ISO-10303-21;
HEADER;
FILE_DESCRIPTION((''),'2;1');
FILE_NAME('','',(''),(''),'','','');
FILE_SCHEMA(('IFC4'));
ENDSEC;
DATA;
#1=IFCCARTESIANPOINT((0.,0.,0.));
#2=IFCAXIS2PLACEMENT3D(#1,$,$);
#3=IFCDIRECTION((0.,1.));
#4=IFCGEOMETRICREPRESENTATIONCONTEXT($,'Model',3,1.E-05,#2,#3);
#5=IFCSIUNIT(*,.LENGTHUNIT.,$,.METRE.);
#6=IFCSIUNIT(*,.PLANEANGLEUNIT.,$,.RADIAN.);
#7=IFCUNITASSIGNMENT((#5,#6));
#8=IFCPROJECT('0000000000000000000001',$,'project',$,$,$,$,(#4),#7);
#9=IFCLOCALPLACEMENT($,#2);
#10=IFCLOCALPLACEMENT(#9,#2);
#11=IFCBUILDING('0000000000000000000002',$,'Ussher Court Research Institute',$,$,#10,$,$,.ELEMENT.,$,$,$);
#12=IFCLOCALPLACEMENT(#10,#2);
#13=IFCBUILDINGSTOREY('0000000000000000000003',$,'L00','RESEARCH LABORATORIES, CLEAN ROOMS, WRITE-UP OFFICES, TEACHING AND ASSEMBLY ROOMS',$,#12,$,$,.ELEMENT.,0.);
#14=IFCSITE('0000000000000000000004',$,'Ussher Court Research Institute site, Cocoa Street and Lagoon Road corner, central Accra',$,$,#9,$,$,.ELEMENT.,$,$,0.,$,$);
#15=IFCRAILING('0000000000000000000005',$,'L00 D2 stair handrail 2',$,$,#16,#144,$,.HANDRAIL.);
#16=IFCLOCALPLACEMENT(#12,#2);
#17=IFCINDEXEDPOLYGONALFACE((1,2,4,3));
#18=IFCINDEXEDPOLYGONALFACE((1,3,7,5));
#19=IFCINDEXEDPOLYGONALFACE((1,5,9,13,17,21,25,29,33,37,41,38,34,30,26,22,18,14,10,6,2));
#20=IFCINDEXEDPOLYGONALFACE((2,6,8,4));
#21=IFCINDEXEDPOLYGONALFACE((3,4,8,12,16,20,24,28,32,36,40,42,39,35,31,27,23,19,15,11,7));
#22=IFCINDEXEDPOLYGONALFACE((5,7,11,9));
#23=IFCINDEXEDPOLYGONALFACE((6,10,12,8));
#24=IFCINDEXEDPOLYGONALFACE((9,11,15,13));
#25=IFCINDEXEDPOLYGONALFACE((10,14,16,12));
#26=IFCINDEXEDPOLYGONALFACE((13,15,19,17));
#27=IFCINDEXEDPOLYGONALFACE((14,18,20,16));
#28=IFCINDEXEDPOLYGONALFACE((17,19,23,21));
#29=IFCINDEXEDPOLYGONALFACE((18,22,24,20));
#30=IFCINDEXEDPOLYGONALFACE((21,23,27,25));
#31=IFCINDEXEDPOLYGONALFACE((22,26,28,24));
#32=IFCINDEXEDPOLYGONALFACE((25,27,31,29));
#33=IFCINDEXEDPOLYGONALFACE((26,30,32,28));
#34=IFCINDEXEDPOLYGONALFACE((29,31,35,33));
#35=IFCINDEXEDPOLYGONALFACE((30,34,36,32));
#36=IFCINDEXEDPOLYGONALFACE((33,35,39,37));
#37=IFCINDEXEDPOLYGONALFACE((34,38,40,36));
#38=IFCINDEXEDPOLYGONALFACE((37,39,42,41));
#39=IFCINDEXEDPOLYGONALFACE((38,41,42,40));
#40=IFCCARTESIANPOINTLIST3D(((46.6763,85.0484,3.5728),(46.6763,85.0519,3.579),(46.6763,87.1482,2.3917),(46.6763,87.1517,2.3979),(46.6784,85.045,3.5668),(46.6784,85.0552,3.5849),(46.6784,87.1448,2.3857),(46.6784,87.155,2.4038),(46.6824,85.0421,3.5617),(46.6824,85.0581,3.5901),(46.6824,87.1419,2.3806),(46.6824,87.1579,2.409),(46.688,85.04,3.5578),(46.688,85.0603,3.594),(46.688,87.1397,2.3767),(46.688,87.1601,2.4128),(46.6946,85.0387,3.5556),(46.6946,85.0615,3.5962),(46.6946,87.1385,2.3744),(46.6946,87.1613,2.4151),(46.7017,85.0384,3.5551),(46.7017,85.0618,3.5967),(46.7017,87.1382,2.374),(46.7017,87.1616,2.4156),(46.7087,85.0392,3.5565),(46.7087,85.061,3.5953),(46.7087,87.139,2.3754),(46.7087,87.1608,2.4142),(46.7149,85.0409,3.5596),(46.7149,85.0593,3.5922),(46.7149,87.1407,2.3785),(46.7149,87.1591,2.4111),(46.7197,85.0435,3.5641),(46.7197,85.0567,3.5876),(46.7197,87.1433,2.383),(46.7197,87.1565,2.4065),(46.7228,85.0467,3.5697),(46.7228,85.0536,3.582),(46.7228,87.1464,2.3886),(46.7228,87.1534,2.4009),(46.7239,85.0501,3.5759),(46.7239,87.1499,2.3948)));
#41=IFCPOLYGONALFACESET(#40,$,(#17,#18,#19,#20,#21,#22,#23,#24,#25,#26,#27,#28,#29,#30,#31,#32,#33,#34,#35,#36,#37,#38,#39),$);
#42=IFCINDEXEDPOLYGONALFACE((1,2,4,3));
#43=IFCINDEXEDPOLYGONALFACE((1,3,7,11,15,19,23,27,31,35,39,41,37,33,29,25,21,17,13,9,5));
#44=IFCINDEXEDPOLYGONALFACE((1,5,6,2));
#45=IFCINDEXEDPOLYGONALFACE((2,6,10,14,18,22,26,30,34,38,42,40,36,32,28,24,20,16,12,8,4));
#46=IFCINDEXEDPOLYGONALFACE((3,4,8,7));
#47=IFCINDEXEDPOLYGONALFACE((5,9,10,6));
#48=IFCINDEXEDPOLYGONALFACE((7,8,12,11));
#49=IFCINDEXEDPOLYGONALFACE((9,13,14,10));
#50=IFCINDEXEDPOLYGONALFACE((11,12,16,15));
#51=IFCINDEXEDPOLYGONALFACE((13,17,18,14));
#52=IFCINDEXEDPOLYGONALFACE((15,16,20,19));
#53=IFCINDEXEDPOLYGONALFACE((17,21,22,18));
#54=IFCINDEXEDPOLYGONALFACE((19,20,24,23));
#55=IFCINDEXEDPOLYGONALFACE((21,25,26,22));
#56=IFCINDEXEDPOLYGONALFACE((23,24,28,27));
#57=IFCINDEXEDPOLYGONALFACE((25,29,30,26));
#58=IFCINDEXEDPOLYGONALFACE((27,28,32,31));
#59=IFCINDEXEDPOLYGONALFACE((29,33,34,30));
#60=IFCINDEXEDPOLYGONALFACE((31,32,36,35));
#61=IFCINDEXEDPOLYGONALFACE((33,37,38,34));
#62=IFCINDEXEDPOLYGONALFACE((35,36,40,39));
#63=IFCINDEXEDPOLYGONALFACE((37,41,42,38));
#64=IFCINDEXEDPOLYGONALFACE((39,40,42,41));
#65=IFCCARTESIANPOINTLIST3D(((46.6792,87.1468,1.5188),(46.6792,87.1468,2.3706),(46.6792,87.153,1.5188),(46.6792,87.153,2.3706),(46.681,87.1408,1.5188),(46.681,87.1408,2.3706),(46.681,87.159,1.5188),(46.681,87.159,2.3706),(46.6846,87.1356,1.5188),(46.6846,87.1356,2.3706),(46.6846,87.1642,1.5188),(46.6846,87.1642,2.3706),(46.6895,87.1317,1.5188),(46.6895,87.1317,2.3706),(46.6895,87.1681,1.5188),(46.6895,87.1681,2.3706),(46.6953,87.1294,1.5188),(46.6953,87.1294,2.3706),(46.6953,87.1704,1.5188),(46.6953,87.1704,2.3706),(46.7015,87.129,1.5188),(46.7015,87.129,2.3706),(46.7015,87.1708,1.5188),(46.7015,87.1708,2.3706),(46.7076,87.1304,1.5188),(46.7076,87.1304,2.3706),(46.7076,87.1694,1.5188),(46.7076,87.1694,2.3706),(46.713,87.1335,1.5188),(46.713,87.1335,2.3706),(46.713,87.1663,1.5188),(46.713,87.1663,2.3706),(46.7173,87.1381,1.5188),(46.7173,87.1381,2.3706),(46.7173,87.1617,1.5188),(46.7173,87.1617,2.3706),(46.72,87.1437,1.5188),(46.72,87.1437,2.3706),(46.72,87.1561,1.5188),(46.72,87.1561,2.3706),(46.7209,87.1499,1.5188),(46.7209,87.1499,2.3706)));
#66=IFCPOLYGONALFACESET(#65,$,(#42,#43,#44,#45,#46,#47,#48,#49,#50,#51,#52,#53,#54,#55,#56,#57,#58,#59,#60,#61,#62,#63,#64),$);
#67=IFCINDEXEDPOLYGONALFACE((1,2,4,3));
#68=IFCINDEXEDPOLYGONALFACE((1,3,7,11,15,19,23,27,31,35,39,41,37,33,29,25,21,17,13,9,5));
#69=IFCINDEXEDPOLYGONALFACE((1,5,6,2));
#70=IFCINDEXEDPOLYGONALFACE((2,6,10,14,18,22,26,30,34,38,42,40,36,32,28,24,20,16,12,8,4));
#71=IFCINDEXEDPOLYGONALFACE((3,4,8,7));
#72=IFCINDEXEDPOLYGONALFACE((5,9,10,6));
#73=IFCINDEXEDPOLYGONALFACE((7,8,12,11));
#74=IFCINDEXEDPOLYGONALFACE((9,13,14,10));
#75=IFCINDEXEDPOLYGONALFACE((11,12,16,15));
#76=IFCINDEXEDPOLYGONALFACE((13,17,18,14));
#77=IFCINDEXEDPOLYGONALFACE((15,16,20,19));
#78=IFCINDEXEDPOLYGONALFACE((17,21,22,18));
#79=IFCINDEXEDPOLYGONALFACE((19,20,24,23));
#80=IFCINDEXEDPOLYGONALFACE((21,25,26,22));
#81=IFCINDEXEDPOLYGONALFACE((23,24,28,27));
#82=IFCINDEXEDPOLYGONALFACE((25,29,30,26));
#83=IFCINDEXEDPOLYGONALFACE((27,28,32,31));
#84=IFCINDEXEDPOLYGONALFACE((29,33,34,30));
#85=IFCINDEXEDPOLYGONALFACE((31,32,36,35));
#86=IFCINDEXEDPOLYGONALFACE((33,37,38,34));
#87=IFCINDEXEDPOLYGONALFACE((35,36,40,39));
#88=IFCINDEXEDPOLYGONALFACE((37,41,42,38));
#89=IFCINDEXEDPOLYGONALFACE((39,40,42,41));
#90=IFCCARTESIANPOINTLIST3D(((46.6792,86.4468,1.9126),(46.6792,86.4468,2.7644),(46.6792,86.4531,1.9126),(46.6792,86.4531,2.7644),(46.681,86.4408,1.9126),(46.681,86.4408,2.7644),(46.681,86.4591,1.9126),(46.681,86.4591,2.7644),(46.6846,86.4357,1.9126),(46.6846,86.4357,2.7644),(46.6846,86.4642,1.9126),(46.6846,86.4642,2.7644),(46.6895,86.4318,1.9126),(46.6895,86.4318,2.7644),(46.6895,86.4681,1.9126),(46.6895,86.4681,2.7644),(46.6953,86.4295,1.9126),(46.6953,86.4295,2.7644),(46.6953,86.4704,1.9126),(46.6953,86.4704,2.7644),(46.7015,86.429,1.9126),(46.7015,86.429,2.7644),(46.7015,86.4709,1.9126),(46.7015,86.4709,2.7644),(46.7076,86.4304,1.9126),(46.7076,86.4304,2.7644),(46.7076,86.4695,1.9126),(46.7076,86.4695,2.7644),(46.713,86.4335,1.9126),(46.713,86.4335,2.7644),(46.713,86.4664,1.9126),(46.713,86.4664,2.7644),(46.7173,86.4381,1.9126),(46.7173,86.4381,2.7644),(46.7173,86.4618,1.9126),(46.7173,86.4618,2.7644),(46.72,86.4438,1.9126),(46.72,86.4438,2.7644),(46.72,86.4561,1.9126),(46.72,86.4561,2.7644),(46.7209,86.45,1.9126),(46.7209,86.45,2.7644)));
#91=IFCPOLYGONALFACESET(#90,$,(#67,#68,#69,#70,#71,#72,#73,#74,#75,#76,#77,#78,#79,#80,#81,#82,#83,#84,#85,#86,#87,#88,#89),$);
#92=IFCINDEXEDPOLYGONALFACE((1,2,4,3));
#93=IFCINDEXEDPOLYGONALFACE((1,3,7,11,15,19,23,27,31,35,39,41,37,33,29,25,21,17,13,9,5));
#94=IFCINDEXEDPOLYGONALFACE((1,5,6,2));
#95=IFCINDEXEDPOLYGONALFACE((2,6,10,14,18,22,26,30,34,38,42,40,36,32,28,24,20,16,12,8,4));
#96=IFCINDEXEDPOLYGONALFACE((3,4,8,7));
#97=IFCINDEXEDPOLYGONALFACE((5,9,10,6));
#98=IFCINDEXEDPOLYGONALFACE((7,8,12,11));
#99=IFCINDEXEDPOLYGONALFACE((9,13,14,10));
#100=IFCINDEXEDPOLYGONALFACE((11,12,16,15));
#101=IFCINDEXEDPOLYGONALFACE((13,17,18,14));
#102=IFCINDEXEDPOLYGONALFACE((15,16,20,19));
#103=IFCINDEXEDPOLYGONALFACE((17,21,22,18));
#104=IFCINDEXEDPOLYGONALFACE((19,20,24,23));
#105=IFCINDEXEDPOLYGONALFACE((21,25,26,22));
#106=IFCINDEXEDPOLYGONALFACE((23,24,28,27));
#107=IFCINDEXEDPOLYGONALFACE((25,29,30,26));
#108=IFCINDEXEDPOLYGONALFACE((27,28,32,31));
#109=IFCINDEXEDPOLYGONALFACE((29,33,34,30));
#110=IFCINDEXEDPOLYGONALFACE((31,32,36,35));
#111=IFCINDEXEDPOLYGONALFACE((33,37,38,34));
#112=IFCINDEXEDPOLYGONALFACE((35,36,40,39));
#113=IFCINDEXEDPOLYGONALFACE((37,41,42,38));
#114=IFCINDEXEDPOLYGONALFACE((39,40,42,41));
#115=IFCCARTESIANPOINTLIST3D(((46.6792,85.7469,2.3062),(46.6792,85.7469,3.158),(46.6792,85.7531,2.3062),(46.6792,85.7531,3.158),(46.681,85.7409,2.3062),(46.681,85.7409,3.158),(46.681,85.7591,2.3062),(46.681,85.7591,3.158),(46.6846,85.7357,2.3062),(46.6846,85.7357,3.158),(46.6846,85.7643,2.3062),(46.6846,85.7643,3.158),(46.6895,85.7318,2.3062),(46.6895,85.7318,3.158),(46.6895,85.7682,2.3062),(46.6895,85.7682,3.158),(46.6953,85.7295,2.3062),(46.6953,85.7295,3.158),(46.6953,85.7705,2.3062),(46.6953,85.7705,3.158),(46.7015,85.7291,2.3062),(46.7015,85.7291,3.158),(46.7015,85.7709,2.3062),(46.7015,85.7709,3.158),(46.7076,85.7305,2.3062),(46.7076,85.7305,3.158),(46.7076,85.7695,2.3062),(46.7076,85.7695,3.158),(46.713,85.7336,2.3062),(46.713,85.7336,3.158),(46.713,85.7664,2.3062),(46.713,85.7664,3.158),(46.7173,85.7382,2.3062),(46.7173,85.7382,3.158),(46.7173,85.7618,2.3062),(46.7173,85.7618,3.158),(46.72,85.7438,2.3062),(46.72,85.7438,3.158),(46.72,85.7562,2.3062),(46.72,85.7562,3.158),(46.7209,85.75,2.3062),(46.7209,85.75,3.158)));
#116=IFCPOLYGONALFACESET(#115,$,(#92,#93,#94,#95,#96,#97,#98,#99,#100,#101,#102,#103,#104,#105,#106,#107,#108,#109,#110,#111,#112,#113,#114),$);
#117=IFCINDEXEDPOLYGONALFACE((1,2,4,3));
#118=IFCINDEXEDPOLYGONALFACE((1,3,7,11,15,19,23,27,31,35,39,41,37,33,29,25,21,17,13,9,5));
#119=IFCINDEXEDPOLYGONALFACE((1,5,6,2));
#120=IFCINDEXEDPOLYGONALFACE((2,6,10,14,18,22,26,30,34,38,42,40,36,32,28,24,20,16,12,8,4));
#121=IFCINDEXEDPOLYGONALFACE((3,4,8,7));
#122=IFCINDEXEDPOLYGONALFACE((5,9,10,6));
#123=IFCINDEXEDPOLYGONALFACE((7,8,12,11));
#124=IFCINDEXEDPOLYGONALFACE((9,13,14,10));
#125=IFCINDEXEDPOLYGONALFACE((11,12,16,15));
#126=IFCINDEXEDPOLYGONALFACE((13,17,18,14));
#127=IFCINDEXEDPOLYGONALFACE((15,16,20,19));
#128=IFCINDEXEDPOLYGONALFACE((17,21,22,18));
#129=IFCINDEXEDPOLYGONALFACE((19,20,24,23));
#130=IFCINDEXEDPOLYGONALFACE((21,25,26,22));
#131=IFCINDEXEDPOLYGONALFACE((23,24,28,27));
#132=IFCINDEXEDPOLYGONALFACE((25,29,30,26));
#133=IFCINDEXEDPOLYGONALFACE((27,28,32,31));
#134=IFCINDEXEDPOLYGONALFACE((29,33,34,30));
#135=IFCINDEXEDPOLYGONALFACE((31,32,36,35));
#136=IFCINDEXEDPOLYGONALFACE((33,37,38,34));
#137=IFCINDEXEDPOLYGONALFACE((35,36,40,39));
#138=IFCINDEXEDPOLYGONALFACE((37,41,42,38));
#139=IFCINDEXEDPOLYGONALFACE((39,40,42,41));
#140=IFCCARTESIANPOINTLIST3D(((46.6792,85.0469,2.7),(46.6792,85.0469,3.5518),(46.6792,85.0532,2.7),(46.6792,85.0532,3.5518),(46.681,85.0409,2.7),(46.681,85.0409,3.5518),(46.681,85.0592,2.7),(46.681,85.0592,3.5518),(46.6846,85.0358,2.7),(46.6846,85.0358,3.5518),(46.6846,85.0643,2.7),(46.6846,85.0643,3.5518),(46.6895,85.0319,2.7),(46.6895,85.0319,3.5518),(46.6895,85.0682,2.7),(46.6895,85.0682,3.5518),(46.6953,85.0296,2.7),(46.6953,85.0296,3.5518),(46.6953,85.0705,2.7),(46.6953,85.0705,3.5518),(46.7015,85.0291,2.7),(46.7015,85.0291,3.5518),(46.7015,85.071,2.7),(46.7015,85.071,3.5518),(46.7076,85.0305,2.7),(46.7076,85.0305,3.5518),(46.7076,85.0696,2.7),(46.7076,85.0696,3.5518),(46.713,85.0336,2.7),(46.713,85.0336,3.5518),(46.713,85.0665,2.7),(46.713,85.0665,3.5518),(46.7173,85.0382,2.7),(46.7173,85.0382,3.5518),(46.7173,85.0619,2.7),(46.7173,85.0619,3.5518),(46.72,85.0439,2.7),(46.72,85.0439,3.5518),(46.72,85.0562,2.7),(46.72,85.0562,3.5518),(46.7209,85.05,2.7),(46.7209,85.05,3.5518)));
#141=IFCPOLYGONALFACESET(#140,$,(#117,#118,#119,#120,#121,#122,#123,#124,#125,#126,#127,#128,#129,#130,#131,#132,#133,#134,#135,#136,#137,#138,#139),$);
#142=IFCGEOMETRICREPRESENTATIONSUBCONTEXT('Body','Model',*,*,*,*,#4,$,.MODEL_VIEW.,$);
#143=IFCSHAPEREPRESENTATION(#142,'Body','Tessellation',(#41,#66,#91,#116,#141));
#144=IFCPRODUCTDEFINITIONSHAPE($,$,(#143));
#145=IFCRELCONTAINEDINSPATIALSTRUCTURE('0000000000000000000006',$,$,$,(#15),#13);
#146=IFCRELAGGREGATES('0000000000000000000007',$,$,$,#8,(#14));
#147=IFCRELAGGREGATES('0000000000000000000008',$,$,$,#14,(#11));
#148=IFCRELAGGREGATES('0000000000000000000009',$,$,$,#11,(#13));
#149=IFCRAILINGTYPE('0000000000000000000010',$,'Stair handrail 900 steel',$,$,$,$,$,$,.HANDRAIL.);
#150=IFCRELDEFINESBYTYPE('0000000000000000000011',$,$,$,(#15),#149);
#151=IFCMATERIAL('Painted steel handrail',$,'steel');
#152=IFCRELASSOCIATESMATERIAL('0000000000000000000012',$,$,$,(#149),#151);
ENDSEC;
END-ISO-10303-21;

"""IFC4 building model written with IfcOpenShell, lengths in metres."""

from ifc_helpers import new_model, si_unit, direction, frame, origin, origin_2d, place, context, subcontext, project, spatial, circle, extrude, material, type_object, element, save


model = new_model("IFC4")

# Units and contexts
model_context = context("Model", 3, precision=1e-05, world=origin(), true_north=direction((0.0, 1.0)))
body_context = subcontext(model_context, "Body", "Model", "MODEL_VIEW")
ifc_project = project(units=[si_unit("LENGTHUNIT", "METRE"), si_unit("PLANEANGLEUNIT", "RADIAN")], contexts=[model_context])

# Site, building, storey
site_placement = place(None, origin())
site = spatial("IfcSite", under=ifc_project, at=site_placement, Name="Ussher Court Research Institute site, Cocoa Street and Lagoon Road corner, central Accra", CompositionType="ELEMENT", RefElevation=0.0)
building_placement = place(site_placement, origin())
building = spatial("IfcBuilding", under=site, at=building_placement, Name="Ussher Court Research Institute", CompositionType="ELEMENT")
storey_placement = place(building_placement, origin())
storey = spatial("IfcBuildingStorey", under=building, at=storey_placement, Name="L00", Description="RESEARCH LABORATORIES, CLEAN ROOMS, WRITE-UP OFFICES, TEACHING AND ASSEMBLY ROOMS", CompositionType="ELEMENT", Elevation=0.0)

# Railing
ifc_material_1 = material(Name="Painted steel handrail", Category="steel")
railing_type_1 = type_object("IfcRailingType", Name="Stair handrail 900 steel", PredefinedType="HANDRAIL", material=ifc_material_1)
railing_1_placement = place(storey_placement, frame((46.7, 87.1499, 1.5188)))
element("IfcRailing", 1, at=railing_1_placement, inside=storey, type_object=railing_type_1, Name="L00 D2 stair handrail 2", PredefinedType="HANDRAIL", context=body_context, shape_type="SweptSolid", body=[
    extrude(circle(Radius=0.0239, at=origin_2d()), frame((0.0, 0.0, 0.876), z_axis=(0.0, -0.871578, 0.490256), x_axis=(1.0, 0.0, 0.0)), (0.0, 0.0, 1.0), 2.4092),
    extrude(circle(Radius=0.021, at=origin_2d()), origin(), (0.0, 0.0, 1.0), 0.8518),
    extrude(circle(Radius=0.021, at=origin_2d()), frame((0.0, -0.7, 0.3938)), (0.0, 0.0, 1.0), 0.8518),
    extrude(circle(Radius=0.021, at=origin_2d()), frame((0.0, -1.3999, 0.7874)), (0.0, 0.0, 1.0), 0.8518),
    extrude(circle(Radius=0.021, at=origin_2d()), frame((0.0, -2.0999, 1.1812)), (0.0, 0.0, 1.0), 0.8518),
])

save(model, "model.ifc")
